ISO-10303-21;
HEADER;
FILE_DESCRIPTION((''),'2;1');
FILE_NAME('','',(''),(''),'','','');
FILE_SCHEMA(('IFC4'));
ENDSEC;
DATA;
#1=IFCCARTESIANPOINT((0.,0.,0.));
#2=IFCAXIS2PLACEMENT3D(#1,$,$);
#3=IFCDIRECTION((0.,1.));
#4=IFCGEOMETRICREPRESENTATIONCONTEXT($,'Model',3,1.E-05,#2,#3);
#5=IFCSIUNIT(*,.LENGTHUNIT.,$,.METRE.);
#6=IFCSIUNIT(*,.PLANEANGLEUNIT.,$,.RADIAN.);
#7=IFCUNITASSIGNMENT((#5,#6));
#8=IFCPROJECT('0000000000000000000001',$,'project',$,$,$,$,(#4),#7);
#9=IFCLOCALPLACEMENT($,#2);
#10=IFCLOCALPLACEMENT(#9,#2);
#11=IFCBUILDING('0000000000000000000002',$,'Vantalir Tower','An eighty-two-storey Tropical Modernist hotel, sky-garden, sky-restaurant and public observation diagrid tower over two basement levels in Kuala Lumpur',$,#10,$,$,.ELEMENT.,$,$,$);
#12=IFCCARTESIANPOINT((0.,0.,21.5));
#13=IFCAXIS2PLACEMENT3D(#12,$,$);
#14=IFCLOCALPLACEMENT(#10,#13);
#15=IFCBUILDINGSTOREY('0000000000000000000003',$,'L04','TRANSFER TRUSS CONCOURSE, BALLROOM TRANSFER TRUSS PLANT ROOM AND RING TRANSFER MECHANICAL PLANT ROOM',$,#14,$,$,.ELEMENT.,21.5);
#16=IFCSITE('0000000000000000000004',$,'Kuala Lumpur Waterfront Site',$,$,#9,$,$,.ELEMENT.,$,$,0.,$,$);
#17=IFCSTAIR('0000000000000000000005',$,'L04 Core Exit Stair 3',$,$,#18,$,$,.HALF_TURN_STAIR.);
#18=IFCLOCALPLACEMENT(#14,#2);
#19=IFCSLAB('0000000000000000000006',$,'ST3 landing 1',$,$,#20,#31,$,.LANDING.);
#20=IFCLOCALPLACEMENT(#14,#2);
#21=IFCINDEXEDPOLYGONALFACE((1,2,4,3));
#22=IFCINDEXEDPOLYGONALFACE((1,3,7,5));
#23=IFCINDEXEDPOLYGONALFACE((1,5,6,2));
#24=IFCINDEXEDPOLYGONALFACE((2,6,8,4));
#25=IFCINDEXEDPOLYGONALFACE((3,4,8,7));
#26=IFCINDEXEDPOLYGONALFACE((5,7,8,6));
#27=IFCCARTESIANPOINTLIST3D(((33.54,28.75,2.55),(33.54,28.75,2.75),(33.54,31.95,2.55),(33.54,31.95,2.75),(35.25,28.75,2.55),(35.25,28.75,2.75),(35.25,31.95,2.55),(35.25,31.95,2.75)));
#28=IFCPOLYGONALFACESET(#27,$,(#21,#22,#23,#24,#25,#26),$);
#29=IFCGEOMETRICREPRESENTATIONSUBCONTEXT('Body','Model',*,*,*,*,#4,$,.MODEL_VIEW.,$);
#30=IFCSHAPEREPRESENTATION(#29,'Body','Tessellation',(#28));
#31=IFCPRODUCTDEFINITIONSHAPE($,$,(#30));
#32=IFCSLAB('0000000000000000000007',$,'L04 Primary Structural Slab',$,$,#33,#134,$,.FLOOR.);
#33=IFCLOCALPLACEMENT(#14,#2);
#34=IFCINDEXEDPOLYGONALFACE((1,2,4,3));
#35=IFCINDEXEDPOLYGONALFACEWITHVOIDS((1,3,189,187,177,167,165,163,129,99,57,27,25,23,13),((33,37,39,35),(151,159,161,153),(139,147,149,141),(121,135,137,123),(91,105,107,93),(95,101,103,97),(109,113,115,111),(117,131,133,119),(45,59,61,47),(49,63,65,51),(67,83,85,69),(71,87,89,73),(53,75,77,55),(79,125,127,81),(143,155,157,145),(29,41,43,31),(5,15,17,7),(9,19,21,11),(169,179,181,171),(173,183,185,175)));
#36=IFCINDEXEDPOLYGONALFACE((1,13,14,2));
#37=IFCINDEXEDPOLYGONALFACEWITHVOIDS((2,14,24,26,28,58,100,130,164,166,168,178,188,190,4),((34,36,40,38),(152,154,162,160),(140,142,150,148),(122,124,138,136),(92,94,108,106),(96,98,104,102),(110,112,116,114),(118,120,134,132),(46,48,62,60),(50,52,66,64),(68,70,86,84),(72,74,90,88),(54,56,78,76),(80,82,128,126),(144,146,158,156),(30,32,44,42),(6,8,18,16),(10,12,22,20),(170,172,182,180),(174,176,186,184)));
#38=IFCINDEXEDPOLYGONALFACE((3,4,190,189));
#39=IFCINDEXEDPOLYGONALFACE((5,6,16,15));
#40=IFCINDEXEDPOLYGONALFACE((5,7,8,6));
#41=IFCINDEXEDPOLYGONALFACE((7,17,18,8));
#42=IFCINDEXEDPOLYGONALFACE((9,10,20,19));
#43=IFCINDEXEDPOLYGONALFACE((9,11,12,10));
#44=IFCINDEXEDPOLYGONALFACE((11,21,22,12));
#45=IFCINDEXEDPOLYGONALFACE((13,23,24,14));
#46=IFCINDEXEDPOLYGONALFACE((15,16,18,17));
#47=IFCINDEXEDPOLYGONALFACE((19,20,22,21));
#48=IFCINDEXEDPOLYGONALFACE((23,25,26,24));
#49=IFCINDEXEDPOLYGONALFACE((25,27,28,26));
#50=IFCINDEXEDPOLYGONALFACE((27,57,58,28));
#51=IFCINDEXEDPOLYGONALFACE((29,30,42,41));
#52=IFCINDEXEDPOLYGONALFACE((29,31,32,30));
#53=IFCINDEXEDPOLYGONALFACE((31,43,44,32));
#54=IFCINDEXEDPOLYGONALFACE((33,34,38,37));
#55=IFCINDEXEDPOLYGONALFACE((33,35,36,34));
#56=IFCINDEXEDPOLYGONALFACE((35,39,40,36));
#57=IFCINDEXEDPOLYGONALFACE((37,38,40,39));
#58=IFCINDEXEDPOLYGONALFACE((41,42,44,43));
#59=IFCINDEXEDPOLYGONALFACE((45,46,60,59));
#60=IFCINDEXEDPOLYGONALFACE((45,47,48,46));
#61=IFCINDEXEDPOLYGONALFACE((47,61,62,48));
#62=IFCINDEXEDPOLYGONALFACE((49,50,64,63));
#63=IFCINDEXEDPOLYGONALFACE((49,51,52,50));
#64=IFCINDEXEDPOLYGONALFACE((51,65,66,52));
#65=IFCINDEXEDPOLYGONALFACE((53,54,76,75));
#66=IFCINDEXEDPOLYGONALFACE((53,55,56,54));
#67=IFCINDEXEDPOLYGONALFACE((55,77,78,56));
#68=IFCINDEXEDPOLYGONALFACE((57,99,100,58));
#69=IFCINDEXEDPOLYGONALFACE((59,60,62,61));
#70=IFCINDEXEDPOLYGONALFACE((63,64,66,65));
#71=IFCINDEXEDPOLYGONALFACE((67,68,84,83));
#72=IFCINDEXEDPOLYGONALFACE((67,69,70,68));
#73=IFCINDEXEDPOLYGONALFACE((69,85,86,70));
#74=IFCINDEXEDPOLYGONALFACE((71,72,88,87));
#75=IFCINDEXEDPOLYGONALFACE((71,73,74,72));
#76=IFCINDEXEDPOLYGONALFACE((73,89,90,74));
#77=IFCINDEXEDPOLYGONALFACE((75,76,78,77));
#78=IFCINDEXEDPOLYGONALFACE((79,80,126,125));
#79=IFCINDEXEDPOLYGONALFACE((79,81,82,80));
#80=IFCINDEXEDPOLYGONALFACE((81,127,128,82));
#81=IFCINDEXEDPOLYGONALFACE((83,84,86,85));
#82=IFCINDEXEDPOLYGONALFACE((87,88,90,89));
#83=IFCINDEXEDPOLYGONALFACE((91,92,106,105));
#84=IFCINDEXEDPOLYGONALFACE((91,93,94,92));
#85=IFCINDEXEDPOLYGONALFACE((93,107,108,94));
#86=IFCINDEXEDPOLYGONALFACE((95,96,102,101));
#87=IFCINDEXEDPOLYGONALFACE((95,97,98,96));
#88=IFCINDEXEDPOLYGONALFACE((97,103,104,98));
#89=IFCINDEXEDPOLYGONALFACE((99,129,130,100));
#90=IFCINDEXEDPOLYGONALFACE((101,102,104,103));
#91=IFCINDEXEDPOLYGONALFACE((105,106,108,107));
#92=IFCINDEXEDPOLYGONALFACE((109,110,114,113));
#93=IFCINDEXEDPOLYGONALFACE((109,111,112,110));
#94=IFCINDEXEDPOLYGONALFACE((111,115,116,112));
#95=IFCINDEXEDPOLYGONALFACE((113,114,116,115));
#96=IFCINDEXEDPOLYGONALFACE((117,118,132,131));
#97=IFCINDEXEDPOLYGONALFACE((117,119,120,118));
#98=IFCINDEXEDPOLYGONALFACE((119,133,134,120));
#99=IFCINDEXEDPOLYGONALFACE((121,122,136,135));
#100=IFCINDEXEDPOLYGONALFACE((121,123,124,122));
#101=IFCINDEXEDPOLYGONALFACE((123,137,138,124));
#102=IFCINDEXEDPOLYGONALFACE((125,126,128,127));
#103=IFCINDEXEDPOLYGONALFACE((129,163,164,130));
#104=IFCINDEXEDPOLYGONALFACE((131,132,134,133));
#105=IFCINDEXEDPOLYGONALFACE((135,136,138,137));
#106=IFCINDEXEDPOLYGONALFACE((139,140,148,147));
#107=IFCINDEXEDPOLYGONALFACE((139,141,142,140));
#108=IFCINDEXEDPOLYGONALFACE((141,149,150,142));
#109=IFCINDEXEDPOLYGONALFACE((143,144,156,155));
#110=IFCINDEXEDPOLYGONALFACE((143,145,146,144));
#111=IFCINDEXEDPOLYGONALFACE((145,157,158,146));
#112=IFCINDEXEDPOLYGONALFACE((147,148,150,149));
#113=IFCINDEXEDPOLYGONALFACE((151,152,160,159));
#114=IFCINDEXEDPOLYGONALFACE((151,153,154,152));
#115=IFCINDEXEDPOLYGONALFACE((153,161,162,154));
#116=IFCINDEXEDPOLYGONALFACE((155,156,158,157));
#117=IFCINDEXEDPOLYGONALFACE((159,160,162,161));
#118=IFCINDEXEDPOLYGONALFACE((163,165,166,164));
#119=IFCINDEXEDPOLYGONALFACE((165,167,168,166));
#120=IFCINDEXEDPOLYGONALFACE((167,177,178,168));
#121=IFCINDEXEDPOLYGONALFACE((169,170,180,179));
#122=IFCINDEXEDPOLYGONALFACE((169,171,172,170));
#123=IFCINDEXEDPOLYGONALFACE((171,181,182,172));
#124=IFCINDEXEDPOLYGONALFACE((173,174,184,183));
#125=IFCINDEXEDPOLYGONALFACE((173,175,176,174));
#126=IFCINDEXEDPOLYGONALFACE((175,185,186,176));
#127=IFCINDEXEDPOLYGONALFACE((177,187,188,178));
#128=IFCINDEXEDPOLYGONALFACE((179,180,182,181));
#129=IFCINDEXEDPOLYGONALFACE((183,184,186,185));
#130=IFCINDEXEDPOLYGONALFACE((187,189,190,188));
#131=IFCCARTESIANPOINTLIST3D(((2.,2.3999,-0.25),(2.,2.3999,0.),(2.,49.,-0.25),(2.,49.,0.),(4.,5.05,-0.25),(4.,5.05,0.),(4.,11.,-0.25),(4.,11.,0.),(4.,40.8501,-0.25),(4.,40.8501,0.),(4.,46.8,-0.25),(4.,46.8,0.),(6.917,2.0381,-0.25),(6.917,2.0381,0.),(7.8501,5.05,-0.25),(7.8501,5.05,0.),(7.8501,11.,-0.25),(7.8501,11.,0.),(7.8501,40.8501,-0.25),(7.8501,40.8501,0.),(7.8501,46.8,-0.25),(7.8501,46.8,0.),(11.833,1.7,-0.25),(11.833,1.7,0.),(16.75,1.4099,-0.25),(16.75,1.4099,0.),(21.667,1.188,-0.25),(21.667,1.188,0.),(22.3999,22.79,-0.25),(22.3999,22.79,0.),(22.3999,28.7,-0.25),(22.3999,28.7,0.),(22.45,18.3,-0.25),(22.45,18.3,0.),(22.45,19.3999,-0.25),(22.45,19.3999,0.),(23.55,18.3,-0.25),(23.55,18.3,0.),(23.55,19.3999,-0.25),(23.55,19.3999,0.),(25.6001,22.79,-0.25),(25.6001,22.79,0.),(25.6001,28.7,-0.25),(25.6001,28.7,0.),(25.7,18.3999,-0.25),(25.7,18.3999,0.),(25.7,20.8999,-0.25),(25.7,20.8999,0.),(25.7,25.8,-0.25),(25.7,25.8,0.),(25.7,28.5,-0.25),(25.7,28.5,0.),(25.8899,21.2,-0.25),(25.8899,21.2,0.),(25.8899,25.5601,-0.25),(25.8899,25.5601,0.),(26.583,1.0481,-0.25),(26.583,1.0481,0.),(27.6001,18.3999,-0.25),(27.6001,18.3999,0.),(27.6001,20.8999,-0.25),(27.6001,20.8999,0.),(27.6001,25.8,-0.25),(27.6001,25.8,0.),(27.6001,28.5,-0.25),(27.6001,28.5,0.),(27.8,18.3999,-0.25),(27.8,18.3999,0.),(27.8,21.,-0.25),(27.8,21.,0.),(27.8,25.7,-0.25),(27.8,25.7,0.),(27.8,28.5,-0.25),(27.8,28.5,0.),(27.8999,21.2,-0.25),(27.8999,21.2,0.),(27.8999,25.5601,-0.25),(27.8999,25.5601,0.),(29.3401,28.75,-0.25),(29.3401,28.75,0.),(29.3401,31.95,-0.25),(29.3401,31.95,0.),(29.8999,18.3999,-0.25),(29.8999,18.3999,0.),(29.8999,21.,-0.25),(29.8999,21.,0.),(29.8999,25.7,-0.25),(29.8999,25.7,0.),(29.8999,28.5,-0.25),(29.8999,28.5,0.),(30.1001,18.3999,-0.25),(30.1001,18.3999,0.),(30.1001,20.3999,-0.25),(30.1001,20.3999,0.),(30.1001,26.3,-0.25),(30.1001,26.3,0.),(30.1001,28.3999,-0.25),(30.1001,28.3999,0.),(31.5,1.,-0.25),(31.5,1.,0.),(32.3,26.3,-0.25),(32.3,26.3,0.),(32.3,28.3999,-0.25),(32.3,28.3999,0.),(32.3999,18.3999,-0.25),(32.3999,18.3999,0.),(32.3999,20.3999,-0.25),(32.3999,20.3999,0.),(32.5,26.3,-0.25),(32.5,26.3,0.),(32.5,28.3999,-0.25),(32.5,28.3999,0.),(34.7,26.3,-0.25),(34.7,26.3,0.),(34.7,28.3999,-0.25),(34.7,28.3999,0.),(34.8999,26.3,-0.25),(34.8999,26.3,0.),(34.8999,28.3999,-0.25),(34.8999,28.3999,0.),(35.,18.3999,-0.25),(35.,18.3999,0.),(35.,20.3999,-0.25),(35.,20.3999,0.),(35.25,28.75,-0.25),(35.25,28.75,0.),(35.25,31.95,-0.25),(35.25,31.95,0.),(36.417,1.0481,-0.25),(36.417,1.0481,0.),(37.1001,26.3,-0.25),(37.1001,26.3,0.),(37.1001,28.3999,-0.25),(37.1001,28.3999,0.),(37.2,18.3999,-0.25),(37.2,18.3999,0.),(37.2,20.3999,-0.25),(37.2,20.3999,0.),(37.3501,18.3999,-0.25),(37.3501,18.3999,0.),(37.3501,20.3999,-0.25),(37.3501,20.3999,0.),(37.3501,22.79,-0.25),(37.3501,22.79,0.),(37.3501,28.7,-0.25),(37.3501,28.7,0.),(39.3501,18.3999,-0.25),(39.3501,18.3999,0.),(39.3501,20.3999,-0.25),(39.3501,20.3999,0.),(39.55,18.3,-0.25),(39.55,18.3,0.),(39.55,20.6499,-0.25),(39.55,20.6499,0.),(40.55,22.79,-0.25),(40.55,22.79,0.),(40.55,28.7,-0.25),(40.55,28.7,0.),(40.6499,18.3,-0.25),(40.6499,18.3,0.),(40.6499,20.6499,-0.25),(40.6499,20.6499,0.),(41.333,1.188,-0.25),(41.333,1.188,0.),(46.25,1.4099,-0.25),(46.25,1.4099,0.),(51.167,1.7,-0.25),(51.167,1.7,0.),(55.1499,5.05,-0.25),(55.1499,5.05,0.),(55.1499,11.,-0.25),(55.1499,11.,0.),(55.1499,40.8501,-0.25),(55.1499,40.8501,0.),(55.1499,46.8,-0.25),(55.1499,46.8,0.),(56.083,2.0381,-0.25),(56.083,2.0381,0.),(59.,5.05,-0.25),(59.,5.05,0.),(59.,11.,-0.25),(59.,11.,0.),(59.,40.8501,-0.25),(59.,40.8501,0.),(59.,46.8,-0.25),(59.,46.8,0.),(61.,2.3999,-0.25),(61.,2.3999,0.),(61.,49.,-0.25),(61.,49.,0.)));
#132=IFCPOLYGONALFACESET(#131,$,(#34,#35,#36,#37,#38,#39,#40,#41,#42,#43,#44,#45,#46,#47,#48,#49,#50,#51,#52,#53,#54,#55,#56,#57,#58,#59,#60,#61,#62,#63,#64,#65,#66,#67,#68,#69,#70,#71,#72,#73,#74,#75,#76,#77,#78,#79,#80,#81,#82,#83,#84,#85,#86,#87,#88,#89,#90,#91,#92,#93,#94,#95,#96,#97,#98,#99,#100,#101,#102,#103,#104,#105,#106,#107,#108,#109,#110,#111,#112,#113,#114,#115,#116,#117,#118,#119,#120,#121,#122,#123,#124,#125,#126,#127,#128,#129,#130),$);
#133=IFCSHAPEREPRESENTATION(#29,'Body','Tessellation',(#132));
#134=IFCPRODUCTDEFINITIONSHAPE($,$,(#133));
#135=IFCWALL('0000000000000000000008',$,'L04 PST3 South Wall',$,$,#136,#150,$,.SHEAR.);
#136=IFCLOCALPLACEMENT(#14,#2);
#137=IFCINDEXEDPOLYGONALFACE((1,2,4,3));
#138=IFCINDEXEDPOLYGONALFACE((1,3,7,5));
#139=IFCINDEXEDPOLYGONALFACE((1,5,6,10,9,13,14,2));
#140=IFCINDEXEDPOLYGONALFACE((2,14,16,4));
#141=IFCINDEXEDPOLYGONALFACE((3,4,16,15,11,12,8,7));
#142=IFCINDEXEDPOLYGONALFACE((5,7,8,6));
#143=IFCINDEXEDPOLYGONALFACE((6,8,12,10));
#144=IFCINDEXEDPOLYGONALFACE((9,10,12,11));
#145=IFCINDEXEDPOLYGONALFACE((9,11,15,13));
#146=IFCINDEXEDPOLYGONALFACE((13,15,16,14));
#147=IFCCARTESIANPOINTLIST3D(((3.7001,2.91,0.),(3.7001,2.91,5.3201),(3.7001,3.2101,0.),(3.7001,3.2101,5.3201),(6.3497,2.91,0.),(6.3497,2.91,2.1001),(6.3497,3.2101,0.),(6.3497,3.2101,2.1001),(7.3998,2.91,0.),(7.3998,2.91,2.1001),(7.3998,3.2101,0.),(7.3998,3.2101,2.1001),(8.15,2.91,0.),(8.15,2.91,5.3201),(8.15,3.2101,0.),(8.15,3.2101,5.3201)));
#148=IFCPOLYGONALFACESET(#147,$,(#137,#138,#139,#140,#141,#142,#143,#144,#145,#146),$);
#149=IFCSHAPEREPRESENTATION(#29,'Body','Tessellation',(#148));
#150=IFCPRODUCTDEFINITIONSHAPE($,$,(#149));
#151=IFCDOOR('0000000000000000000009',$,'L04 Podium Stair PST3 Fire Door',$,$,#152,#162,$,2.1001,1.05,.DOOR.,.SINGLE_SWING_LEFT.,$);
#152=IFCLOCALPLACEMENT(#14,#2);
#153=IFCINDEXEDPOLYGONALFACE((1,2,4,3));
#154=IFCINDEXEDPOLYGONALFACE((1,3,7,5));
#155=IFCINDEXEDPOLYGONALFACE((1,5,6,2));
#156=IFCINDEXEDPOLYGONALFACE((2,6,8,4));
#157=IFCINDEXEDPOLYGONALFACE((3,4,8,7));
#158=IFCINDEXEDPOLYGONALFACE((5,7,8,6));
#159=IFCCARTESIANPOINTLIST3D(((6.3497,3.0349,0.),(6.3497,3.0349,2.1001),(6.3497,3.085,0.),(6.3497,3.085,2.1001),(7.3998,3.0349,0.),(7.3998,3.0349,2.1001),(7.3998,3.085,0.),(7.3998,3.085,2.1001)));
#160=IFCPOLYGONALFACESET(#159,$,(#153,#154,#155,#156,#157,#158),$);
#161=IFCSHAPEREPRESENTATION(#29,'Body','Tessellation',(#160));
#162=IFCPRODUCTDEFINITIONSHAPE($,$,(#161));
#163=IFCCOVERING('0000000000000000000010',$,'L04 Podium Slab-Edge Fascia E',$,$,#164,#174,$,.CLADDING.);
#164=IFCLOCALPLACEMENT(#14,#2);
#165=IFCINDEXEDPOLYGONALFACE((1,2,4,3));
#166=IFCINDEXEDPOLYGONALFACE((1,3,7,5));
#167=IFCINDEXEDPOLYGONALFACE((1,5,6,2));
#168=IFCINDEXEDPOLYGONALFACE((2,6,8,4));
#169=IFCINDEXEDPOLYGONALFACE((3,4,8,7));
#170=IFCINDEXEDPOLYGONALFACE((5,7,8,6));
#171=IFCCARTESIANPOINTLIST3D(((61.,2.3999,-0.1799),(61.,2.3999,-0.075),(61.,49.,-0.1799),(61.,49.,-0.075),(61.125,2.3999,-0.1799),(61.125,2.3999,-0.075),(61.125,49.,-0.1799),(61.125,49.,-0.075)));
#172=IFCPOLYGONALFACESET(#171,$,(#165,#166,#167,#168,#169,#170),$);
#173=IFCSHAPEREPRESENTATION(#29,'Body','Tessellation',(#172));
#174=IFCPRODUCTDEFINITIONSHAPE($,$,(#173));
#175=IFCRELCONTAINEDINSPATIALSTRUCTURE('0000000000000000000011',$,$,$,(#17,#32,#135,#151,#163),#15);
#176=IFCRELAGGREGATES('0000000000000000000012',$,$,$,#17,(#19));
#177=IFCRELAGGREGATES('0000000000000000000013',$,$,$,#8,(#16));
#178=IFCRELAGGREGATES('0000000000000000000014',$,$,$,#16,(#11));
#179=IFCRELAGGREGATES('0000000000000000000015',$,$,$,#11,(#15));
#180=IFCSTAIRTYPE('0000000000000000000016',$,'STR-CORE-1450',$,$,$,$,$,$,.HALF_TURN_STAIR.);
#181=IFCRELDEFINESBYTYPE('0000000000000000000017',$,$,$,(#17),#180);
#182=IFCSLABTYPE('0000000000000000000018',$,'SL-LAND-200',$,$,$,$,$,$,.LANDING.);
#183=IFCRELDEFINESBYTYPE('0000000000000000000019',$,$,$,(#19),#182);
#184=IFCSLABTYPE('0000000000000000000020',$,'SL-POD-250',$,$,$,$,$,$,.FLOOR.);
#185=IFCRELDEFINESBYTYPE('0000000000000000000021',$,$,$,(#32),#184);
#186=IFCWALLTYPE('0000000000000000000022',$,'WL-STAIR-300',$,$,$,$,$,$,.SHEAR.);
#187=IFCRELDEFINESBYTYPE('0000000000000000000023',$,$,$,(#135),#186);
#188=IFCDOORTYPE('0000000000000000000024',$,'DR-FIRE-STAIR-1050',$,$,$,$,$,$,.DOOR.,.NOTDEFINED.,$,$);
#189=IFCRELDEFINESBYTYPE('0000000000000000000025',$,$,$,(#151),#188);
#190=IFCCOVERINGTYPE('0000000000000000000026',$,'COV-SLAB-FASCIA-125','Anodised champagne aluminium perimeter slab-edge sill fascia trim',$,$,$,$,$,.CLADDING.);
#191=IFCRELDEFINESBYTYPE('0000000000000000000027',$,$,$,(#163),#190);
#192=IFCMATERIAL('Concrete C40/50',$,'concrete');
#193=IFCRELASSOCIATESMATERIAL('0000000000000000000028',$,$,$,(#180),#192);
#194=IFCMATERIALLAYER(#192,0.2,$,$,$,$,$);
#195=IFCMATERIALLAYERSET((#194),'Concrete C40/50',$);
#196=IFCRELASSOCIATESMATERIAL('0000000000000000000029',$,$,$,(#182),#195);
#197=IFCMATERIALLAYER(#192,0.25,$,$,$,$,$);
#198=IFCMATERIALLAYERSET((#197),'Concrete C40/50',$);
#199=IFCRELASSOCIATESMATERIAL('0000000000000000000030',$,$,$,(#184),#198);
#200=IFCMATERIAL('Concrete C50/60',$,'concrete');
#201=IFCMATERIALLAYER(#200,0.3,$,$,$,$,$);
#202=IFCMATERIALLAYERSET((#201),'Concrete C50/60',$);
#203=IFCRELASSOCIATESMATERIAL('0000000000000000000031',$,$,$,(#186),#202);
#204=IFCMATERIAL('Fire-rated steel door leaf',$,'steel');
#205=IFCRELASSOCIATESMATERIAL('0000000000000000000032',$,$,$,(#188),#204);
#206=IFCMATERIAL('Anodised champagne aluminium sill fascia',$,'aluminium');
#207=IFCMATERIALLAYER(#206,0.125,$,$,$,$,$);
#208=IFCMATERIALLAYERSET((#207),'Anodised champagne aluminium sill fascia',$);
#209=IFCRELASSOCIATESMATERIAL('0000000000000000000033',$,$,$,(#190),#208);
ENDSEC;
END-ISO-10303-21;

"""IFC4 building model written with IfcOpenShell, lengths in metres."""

from ifc_helpers import new_model, si_unit, direction, frame, frame_2d, origin, place, context, subcontext, project, spatial, polyline, rectangle, outline, extrude, material, layer, layer_set, type_object, element, fill, aggregate, save


model = new_model("IFC4")

# Units and contexts
model_context = context("Model", 3, precision=1e-05, world=origin(), true_north=direction((0.0, 1.0)))
body_context = subcontext(model_context, "Body", "Model", "MODEL_VIEW")
ifc_project = project(units=[si_unit("LENGTHUNIT", "METRE"), si_unit("PLANEANGLEUNIT", "RADIAN")], contexts=[model_context])

# Site, building, storey
site_placement = place(None, origin())
site = spatial("IfcSite", under=ifc_project, at=site_placement, Name="Kuala Lumpur Waterfront Site", CompositionType="ELEMENT", RefElevation=0.0)
building_placement = place(site_placement, origin())
building = spatial("IfcBuilding", under=site, at=building_placement, Name="Vantalir Tower", Description="An eighty-two-storey Tropical Modernist hotel, sky-garden, sky-restaurant and public observation diagrid tower over two basement levels in Kuala Lumpur", CompositionType="ELEMENT")
storey_placement = place(building_placement, frame((0.0, 0.0, 21.5)))
storey = spatial("IfcBuildingStorey", under=building, at=storey_placement, Name="L04", Description="TRANSFER TRUSS CONCOURSE, BALLROOM TRANSFER TRUSS PLANT ROOM AND RING TRANSFER MECHANICAL PLANT ROOM", CompositionType="ELEMENT", Elevation=21.5)

# Stair, slab
ifc_material_1 = material(Name="Concrete C40/50", Category="concrete")
stair_type = type_object("IfcStairType", Name="STR-CORE-1450", PredefinedType="HALF_TURN_STAIR", material=ifc_material_1)
ifc_layer_1 = layer(ifc_material_1, 0.2)
ifc_layer_set_1 = layer_set([ifc_layer_1], Name="Concrete C40/50")
slab_type_1 = type_object("IfcSlabType", Name="SL-LAND-200", PredefinedType="LANDING", material=ifc_layer_set_1)
stair_1_placement = place(storey_placement, origin())
stair_1 = element("IfcStair", 1, at=stair_1_placement, inside=storey, type_object=stair_type, Name="L04 Core Exit Stair 3", PredefinedType="HALF_TURN_STAIR")
slab_1_placement = place(storey_placement, frame((0.0, 0.0, 2.55)))
slab_1 = element("IfcSlab", 2, at=slab_1_placement, type_object=slab_type_1, Name="ST3 landing 1", PredefinedType="LANDING", context=body_context, shape_type="SweptSolid", body=[
    extrude(outline(polyline([(33.54, 28.75), (35.25, 28.75), (35.25, 31.95), (33.54, 31.95), (33.54, 28.75)])), origin(), (0.0, 0.0, 1.0), 0.2),
])
aggregate(stair_1, [slab_1])

# Slab
ifc_layer_2 = layer(ifc_material_1, 0.25)
ifc_layer_set_2 = layer_set([ifc_layer_2], Name="Concrete C40/50")
slab_type_2 = type_object("IfcSlabType", Name="SL-POD-250", PredefinedType="FLOOR", material=ifc_layer_set_2)
slab_2_placement = place(storey_placement, frame((0.0, 0.0, -0.25)))
element("IfcSlab", 3, at=slab_2_placement, inside=storey, type_object=slab_type_2, Name="L04 Primary Structural Slab", PredefinedType="FLOOR", context=body_context, shape_type="SweptSolid", body=[
    extrude(outline(polyline([(56.083, 2.0381), (61.0, 2.3999), (61.0, 49.0), (2.0, 49.0), (2.0, 2.3999), (6.917, 2.0381), (11.833, 1.7), (16.75, 1.4099), (21.667, 1.188), (26.583, 1.0481), (31.5, 1.0), (36.417, 1.0481), (41.333, 1.188), (46.25, 1.4099), (51.167, 1.7), (56.083, 2.0381)]), holes=[polyline([(22.3999, 22.79), (22.3999, 28.7), (25.6001, 28.7), (25.6001, 22.79), (22.3999, 22.79)]), polyline([(37.3501, 28.7), (40.55, 28.7), (40.55, 22.79), (37.3501, 22.79), (37.3501, 28.7)]), polyline([(35.25, 28.75), (29.3401, 28.75), (29.3401, 31.95), (35.25, 31.95), (35.25, 28.75)]), polyline([(7.8501, 40.8501), (4.0, 40.8501), (4.0, 46.8), (7.8501, 46.8), (7.8501, 40.8501)]), polyline([(55.1499, 40.8501), (55.1499, 46.8), (59.0, 46.8), (59.0, 40.8501), (55.1499, 40.8501)]), polyline([(4.0, 11.0), (7.8501, 11.0), (7.8501, 5.05), (4.0, 5.05), (4.0, 11.0)]), polyline([(59.0, 11.0), (59.0, 5.05), (55.1499, 5.05), (55.1499, 11.0), (59.0, 11.0)]), polyline([(27.6001, 18.3999), (25.7, 18.3999), (25.7, 20.8999), (27.6001, 20.8999), (27.6001, 18.3999)]), polyline([(25.7, 25.8), (25.7, 28.5), (27.6001, 28.5), (27.6001, 25.8), (25.7, 25.8)]), polyline([(27.8, 21.0), (29.8999, 21.0), (29.8999, 18.3999), (27.8, 18.3999), (27.8, 21.0)]), polyline([(29.8999, 28.5), (29.8999, 25.7), (27.8, 25.7), (27.8, 28.5), (29.8999, 28.5)]), polyline([(32.3999, 18.3999), (30.1001, 18.3999), (30.1001, 20.3999), (32.3999, 20.3999), (32.3999, 18.3999)]), polyline([(37.3501, 18.3999), (37.3501, 20.3999), (39.3501, 20.3999), (39.3501, 18.3999), (37.3501, 18.3999)]), polyline([(35.0, 20.3999), (37.2, 20.3999), (37.2, 18.3999), (35.0, 18.3999), (35.0, 20.3999)]), polyline([(32.3, 28.3999), (32.3, 26.3), (30.1001, 26.3), (30.1001, 28.3999), (32.3, 28.3999)]), polyline([(34.7, 26.3), (32.5, 26.3), (32.5, 28.3999), (34.7, 28.3999), (34.7, 26.3)]), polyline([(34.8999, 26.3), (34.8999, 28.3999), (37.1001, 28.3999), (37.1001, 26.3), (34.8999, 26.3)]), polyline([(25.8899, 25.5601), (27.8999, 25.5601), (27.8999, 21.2), (25.8899, 21.2), (25.8899, 25.5601)]), polyline([(23.55, 19.3999), (23.55, 18.3), (22.45, 18.3), (22.45, 19.3999), (23.55, 19.3999)]), polyline([(40.6499, 18.3), (39.55, 18.3), (39.55, 20.6499), (40.6499, 20.6499), (40.6499, 18.3)])]), origin(), (0.0, 0.0, 1.0), 0.25),
])

# Wall, opening, door
ifc_material_2 = material(Name="Concrete C50/60", Category="concrete")
ifc_layer_3 = layer(ifc_material_2, 0.3)
ifc_layer_set_3 = layer_set([ifc_layer_3], Name="Concrete C50/60")
wall_type = type_object("IfcWallType", Name="WL-STAIR-300", PredefinedType="SHEAR", material=ifc_layer_set_3)
wall_placement = place(storey_placement, frame((3.7, 3.0601, 0.0), z_axis=(0.0, 0.0, 1.0), x_axis=(1.0, 0.0, 0.0)))
wall = element("IfcWall", 4, at=wall_placement, inside=storey, type_object=wall_type, Name="L04 PST3 South Wall", PredefinedType="SHEAR", context=body_context, shape_type="SweptSolid", body=[
    extrude(rectangle(XDim=4.45, YDim=0.3, at=frame_2d((2.2251, 0.0))), origin(), (0.0, 0.0, 1.0), 5.3201),
])
opening_placement = place(wall_placement, frame((2.6499, 0.0, 0.0)))
opening = element("IfcOpeningElement", 5, at=opening_placement, cuts=wall, PredefinedType="OPENING", context=body_context, shape_type="SweptSolid", body=[
    extrude(rectangle(XDim=1.05, YDim=2.1001, at=frame_2d((0.5249, 1.05))), frame((0.0, 0.1599, 0.0), z_axis=(0.0, -1.0, 0.0), x_axis=(1.0, 0.0, 0.0)), (0.0, 0.0, 1.0), 0.3201),
])
ifc_material_3 = material(Name="Fire-rated steel door leaf", Category="steel")
door_type = type_object("IfcDoorType", Name="DR-FIRE-STAIR-1050", OperationType="NOTDEFINED", PredefinedType="DOOR", material=ifc_material_3)
door_placement = place(opening_placement, origin())
door = element("IfcDoor", 6, at=door_placement, inside=storey, type_object=door_type, Name="L04 Podium Stair PST3 Fire Door", OperationType="SINGLE_SWING_LEFT", OverallHeight=2.1001, OverallWidth=1.05, PredefinedType="DOOR", context=body_context, shape_type="SweptSolid", body=[
    extrude(rectangle(XDim=1.05, YDim=2.1001, at=frame_2d((0.5249, 1.05))), frame((0.0, 0.0249, 0.0), z_axis=(0.0, -1.0, 0.0), x_axis=(1.0, 0.0, 0.0)), (0.0, 0.0, 1.0), 0.05),
])
fill(opening, door)

# Covering
ifc_material_4 = material(Name="Anodised champagne aluminium sill fascia", Category="aluminium")
ifc_layer_4 = layer(ifc_material_4, 0.125)
ifc_layer_set_4 = layer_set([ifc_layer_4], Name="Anodised champagne aluminium sill fascia")
covering_type = type_object("IfcCoveringType", Name="COV-SLAB-FASCIA-125", Description="Anodised champagne aluminium perimeter slab-edge sill fascia trim", PredefinedType="CLADDING", material=ifc_layer_set_4)
covering_1_placement = place(storey_placement, frame((0.0, 0.0, -0.1799)))
element("IfcCovering", 7, at=covering_1_placement, inside=storey, type_object=covering_type, Name="L04 Podium Slab-Edge Fascia E", PredefinedType="CLADDING", context=body_context, shape_type="SweptSolid", body=[
    extrude(outline(polyline([(61.0, 2.3999), (61.125, 2.3999), (61.125, 49.0), (61.0, 49.0), (61.0, 2.3999)])), origin(), (0.0, 0.0, 1.0), 0.105),
])

save(model, "model.ifc")
